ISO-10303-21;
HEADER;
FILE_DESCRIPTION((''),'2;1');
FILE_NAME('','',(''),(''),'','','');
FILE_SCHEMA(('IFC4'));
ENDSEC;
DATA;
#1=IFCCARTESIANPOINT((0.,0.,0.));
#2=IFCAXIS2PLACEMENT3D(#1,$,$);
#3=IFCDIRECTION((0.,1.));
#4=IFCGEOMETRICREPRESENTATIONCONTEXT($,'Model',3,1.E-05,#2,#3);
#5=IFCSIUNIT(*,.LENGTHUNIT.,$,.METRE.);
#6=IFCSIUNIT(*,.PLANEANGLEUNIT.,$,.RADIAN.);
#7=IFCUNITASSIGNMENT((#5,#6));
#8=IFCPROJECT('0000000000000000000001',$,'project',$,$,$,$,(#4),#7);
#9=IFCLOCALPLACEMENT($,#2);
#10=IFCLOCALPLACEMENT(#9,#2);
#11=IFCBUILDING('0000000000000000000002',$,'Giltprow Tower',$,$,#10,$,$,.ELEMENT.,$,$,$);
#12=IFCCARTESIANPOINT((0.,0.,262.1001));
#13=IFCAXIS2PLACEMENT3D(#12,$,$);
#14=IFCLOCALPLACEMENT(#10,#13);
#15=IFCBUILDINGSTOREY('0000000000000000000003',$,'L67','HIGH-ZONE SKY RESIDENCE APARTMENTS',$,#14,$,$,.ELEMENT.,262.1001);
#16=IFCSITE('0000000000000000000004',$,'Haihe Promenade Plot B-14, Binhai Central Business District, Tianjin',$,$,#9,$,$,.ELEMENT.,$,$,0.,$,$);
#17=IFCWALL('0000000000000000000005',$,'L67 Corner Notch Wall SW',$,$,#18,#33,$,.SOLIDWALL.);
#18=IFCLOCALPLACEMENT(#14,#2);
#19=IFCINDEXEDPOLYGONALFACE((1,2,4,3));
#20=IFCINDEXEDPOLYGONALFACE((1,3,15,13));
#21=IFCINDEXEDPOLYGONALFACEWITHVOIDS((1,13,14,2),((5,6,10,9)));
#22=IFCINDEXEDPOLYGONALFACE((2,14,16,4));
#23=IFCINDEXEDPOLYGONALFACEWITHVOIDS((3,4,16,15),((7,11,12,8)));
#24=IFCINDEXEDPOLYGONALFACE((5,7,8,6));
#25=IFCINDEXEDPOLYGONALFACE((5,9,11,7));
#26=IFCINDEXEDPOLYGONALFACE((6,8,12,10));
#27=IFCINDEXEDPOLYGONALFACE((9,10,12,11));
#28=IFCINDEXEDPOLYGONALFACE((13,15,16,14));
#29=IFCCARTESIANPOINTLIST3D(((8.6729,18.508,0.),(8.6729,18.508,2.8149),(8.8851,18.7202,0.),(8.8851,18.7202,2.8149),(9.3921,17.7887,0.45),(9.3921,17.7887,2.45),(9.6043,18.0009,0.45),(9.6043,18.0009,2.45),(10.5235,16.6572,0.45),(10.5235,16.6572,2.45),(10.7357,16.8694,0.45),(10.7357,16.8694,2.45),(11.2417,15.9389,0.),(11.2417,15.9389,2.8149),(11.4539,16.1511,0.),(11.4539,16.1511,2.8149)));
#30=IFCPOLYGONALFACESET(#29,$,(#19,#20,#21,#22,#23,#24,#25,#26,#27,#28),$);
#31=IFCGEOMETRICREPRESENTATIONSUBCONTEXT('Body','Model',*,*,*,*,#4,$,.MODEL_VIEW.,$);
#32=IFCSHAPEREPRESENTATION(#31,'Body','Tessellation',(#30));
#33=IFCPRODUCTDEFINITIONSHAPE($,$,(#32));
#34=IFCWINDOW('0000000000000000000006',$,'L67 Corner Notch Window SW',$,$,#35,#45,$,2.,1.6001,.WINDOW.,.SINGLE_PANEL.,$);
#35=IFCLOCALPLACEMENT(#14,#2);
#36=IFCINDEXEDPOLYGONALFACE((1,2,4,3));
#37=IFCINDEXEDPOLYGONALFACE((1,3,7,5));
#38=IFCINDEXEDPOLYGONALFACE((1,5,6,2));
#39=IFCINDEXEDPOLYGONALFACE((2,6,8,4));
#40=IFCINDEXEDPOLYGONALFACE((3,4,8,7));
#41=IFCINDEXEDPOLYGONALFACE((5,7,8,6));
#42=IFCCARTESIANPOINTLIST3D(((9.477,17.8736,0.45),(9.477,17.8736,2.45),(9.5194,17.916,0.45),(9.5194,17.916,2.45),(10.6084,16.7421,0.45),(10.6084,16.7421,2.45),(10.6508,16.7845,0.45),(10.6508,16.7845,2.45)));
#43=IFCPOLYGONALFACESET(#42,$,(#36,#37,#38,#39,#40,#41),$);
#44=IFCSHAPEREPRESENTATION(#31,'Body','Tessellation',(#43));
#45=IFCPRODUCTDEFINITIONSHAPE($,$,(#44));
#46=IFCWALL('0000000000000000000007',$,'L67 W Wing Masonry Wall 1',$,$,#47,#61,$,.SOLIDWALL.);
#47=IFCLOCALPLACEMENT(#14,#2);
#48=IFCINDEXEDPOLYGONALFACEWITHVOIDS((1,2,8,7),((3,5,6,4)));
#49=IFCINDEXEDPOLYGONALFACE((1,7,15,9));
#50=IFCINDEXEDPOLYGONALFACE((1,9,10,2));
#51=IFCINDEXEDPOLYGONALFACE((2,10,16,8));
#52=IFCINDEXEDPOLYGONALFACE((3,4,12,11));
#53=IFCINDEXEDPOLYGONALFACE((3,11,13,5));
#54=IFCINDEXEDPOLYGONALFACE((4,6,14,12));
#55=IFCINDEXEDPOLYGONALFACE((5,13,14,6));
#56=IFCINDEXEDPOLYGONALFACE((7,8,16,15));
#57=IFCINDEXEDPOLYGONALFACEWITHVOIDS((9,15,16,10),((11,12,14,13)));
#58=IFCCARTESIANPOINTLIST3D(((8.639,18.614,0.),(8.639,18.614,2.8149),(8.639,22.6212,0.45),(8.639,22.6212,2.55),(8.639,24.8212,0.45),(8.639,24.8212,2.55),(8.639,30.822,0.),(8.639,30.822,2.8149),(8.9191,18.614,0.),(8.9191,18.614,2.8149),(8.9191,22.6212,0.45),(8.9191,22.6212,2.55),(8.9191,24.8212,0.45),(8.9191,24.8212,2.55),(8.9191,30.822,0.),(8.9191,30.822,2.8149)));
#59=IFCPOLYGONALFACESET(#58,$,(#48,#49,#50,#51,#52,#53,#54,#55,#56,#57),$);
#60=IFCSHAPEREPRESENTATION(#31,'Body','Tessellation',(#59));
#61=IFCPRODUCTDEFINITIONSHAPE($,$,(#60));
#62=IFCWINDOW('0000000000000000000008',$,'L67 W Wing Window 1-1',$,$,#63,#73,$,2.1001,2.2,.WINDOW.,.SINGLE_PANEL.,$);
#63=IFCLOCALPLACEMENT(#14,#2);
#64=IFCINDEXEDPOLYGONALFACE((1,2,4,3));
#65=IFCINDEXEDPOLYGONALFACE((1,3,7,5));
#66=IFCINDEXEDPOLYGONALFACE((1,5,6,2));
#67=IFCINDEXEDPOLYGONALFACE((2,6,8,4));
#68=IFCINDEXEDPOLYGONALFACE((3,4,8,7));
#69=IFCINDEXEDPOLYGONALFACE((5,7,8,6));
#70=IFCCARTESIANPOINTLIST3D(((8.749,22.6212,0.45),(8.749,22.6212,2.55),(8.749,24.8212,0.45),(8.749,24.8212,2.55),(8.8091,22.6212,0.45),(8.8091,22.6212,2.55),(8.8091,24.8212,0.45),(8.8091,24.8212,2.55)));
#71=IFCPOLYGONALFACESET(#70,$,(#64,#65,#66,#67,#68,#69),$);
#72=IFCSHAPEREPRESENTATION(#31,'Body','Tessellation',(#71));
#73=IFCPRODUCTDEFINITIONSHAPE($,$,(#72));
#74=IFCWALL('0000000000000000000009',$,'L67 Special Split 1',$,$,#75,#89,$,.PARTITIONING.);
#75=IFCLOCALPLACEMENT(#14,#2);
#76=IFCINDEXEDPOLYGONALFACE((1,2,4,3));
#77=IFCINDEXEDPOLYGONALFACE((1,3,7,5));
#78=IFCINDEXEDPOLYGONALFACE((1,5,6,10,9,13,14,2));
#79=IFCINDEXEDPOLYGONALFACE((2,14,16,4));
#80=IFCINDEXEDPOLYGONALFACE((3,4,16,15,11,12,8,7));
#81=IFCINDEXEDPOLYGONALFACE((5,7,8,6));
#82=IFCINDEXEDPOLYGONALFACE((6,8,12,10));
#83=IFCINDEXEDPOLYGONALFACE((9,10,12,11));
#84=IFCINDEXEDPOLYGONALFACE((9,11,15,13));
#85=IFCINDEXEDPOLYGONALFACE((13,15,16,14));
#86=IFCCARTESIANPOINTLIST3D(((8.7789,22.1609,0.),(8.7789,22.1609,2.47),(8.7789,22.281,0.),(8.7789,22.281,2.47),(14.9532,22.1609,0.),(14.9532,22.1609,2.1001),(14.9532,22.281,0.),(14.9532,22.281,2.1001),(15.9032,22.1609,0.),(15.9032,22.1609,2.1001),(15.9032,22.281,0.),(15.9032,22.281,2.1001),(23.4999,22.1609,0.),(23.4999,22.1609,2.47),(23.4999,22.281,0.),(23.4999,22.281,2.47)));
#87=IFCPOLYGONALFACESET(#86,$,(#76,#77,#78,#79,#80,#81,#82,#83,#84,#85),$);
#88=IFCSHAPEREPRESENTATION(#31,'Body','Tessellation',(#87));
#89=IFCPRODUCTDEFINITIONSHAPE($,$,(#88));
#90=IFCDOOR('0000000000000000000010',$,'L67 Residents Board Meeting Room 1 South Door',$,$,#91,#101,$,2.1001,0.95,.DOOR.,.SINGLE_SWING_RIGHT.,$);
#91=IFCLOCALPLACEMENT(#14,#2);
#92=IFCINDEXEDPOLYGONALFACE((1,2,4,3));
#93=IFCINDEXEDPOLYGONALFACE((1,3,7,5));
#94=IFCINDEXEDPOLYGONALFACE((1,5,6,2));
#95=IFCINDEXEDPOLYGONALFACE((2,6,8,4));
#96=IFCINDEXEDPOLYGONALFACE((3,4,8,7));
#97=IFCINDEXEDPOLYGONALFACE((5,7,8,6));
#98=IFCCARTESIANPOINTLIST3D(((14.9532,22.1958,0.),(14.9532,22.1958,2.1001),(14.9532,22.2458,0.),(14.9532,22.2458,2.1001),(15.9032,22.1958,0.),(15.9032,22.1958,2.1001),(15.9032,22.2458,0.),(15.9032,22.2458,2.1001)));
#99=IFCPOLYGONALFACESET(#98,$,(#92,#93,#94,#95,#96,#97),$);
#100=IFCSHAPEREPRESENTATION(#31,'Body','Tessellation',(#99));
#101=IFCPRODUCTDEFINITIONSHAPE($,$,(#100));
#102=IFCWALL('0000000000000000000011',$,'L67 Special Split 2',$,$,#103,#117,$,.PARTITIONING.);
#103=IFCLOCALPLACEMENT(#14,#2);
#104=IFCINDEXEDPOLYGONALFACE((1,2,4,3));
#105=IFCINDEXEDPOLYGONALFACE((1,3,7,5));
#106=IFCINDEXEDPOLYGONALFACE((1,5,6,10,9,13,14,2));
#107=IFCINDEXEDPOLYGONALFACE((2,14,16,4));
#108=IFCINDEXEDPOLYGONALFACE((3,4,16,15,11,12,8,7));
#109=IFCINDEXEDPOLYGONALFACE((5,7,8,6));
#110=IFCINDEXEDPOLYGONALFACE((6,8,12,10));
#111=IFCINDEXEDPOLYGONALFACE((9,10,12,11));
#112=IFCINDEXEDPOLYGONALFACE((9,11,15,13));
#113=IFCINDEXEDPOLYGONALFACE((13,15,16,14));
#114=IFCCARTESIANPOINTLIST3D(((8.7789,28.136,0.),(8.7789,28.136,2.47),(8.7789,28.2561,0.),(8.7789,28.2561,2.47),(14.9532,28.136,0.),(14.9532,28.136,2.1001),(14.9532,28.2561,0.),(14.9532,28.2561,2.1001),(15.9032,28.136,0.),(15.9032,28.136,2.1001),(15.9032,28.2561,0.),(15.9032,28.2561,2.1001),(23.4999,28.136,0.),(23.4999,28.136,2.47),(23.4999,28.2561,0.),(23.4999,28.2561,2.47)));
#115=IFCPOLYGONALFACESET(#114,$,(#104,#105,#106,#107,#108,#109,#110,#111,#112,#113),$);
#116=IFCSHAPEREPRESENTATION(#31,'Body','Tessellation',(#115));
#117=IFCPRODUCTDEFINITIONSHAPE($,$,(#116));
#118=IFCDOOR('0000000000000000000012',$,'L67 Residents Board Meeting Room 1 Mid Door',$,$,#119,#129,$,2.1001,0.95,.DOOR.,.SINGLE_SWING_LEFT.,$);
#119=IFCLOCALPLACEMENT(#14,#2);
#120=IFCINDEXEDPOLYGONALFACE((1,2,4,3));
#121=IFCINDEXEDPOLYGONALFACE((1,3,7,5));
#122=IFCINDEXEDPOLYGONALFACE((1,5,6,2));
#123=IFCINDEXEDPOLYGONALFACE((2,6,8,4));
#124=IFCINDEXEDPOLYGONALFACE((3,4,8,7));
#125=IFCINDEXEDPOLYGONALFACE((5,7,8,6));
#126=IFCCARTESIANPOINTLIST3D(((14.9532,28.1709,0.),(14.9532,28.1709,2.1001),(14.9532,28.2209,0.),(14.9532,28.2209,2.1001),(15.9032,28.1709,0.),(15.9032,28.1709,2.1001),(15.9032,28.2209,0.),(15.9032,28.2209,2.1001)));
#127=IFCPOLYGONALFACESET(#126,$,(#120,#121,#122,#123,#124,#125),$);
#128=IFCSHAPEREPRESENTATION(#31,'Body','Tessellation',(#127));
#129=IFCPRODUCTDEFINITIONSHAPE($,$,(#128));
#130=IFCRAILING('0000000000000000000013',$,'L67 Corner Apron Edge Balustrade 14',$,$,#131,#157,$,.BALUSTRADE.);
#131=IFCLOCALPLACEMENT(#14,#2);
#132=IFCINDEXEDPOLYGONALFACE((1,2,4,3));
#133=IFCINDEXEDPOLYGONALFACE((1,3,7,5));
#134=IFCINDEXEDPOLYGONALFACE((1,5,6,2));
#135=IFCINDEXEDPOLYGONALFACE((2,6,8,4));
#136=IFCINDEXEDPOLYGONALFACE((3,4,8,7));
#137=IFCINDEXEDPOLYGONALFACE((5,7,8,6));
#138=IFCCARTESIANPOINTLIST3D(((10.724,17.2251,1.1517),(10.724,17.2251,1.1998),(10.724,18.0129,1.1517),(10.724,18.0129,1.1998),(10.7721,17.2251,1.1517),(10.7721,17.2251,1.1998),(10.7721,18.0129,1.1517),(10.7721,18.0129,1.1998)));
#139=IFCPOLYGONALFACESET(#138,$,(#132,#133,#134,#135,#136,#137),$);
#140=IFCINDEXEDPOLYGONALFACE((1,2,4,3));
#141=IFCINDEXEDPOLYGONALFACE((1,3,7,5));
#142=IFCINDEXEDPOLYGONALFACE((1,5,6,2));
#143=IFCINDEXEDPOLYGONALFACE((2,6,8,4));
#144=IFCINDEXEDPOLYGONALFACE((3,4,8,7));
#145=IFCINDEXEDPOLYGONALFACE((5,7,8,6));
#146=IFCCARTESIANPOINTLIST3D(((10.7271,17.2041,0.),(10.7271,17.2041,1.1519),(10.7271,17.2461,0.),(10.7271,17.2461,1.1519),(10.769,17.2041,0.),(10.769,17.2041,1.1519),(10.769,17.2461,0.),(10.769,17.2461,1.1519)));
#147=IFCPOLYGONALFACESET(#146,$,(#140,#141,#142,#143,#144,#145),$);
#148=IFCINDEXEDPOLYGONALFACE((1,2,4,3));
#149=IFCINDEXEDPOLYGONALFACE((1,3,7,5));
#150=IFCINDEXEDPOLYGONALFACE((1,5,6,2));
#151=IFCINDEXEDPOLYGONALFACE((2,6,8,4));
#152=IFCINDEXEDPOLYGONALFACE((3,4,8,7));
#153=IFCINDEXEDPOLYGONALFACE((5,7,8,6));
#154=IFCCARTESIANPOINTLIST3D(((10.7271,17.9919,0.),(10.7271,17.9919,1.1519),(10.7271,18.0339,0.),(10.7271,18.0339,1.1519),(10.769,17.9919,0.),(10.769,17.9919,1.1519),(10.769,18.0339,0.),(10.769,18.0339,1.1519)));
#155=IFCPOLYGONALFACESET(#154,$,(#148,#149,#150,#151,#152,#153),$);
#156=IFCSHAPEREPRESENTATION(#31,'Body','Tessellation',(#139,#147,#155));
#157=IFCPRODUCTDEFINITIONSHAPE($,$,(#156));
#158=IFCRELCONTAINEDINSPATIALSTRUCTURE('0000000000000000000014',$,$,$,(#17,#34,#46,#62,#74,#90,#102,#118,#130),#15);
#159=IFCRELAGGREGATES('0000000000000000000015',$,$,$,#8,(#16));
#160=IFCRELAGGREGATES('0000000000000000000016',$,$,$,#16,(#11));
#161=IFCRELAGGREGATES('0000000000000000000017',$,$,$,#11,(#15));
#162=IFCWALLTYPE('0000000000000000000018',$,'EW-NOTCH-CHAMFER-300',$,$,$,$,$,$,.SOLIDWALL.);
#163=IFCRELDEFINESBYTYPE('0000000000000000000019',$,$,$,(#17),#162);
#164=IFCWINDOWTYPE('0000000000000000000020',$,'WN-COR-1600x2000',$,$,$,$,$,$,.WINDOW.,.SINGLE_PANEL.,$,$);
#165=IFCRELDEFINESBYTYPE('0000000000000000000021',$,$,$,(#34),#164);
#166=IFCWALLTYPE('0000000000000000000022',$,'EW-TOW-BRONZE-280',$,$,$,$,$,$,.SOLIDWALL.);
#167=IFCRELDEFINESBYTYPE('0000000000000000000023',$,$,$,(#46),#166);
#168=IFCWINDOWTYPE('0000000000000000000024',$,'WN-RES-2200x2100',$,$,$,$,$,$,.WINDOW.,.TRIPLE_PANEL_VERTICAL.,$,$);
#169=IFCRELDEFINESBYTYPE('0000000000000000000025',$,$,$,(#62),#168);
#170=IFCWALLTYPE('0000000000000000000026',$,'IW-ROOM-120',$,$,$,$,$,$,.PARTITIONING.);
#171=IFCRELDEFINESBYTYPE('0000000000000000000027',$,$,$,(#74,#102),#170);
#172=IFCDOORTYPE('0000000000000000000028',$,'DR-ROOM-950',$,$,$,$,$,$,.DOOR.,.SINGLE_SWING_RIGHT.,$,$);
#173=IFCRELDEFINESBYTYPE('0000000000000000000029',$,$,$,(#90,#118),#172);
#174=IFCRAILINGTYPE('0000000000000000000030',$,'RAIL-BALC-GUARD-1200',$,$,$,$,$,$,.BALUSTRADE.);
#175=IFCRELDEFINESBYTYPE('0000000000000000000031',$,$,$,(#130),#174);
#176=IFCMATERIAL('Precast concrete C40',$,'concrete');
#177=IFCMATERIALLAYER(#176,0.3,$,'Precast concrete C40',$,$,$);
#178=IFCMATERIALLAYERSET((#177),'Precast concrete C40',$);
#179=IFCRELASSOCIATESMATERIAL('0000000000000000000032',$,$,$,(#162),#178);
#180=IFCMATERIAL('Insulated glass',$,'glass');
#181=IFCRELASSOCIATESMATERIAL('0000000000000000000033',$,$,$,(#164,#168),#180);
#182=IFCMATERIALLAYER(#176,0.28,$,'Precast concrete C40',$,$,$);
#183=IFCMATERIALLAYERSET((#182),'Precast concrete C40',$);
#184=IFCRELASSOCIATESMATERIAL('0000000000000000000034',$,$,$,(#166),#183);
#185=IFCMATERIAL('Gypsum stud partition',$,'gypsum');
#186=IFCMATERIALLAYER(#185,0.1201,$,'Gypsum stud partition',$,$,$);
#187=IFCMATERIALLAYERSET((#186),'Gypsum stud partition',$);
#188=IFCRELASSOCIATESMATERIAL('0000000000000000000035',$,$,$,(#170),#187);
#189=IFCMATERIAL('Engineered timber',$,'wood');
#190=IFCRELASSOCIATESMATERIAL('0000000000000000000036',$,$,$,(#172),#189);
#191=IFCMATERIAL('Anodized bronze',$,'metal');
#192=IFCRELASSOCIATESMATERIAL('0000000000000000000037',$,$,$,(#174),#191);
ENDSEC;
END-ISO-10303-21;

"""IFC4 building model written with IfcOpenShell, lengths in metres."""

from ifc_helpers import new_model, si_unit, direction, frame, frame_2d, origin, origin_2d, place, context, subcontext, project, spatial, rectangle, extrude, source, transform, mapped, material, layer, layer_set, type_object, element, fill, save


model = new_model("IFC4")

# Units and contexts
model_context = context("Model", 3, precision=1e-05, world=origin(), true_north=direction((0.0, 1.0)))
body_context = subcontext(model_context, "Body", "Model", "MODEL_VIEW")
ifc_project = project(units=[si_unit("LENGTHUNIT", "METRE"), si_unit("PLANEANGLEUNIT", "RADIAN")], contexts=[model_context])

# Site, building, storey
site_placement = place(None, origin())
site = spatial("IfcSite", under=ifc_project, at=site_placement, Name="Haihe Promenade Plot B-14, Binhai Central Business District, Tianjin", CompositionType="ELEMENT", RefElevation=0.0)
building_placement = place(site_placement, origin())
building = spatial("IfcBuilding", under=site, at=building_placement, Name="Giltprow Tower", CompositionType="ELEMENT")
storey_placement = place(building_placement, frame((0.0, 0.0, 262.1001)))
storey = spatial("IfcBuildingStorey", under=building, at=storey_placement, Name="L67", Description="HIGH-ZONE SKY RESIDENCE APARTMENTS", CompositionType="ELEMENT", Elevation=262.1001)

# Shared definitions
ifc_material_1 = material(Name="Anodized bronze", Category="metal")
ifc_material_2 = material(Name="Insulated glass", Category="glass")

# Walls, openings, windows
ifc_material_3 = material(Name="Precast concrete C40", Category="concrete")
ifc_layer_1 = layer(ifc_material_3, 0.3, Name="Precast concrete C40")
ifc_layer_set_1 = layer_set([ifc_layer_1], Name="Precast concrete C40")
wall_type_1 = type_object("IfcWallType", Name="EW-NOTCH-CHAMFER-300", PredefinedType="SOLIDWALL", material=ifc_layer_set_1)
wall_1_placement = place(storey_placement, frame((8.7791, 18.614, 0.0), z_axis=(0.0, 0.0, 1.0), x_axis=(0.707073, -0.70714, 0.0)))
wall_1 = element("IfcWall", 1, at=wall_1_placement, inside=storey, type_object=wall_type_1, Name="L67 Corner Notch Wall SW", PredefinedType="SOLIDWALL", context=body_context, shape_type="SweptSolid", body=[
    extrude(rectangle(XDim=3.6331, YDim=0.3, at=frame_2d((1.8164, 0.0))), origin(), (0.0, 0.0, 1.0), 2.8149),
])
opening_1_placement = place(wall_1_placement, frame((1.0171, 0.0, 0.45)))
opening_1 = element("IfcOpeningElement", 2, at=opening_1_placement, cuts=wall_1, PredefinedType="OPENING", context=body_context, shape_type="SweptSolid", body=[
    extrude(rectangle(XDim=1.6001, YDim=2.0, at=frame_2d((0.8, 1.0))), frame((0.0, 0.1599, 0.0), z_axis=(0.0, -1.0, 0.0), x_axis=(1.0, 0.0, 0.0)), (0.0, 0.0, 1.0), 0.3201),
])
window_type_1 = type_object("IfcWindowType", Name="WN-COR-1600x2000", PartitioningType="SINGLE_PANEL", PredefinedType="WINDOW", material=ifc_material_2)
shared_shape_1 = source(origin(), body_context, "Body", "SweptSolid", [
    extrude(rectangle(XDim=1.6001, YDim=2.0, at=frame_2d((0.8, 1.0))), frame((0.0, 0.03, 0.0), z_axis=(0.0, -1.0, 0.0), x_axis=(1.0, 0.0, 0.0)), (0.0, 0.0, 1.0), 0.0601),
])
window_1_placement = place(opening_1_placement, origin())
window_1 = element("IfcWindow", 3, at=window_1_placement, inside=storey, type_object=window_type_1, Name="L67 Corner Notch Window SW", OverallHeight=2.0, OverallWidth=1.6001, PartitioningType="SINGLE_PANEL", PredefinedType="WINDOW", context=body_context, shape_type="MappedRepresentation", body=[
    mapped(shared_shape_1, transform((0.0, 0.0, 0.0), x_axis=(1.0, 0.0, 0.0), y_axis=(0.0, 1.0, 0.0), z_axis=(0.0, 0.0, 1.0), scale=1.0)),
])
fill(opening_1, window_1)
ifc_layer_2 = layer(ifc_material_3, 0.28, Name="Precast concrete C40")
ifc_layer_set_2 = layer_set([ifc_layer_2], Name="Precast concrete C40")
wall_type_2 = type_object("IfcWallType", Name="EW-TOW-BRONZE-280", PredefinedType="SOLIDWALL", material=ifc_layer_set_2)
wall_2_placement = place(storey_placement, frame((8.7791, 18.614, 0.0), z_axis=(0.0, 0.0, 1.0), x_axis=(0.0, 1.0, 0.0)))
wall_2 = element("IfcWall", 4, at=wall_2_placement, inside=storey, type_object=wall_type_2, Name="L67 W Wing Masonry Wall 1", PredefinedType="SOLIDWALL", context=body_context, shape_type="SweptSolid", body=[
    extrude(rectangle(XDim=12.208, YDim=0.28, at=frame_2d((6.104, 0.0))), origin(), (0.0, 0.0, 1.0), 2.8149),
])
opening_2_placement = place(wall_2_placement, frame((4.0071, 0.0, 0.45)))
opening_2 = element("IfcOpeningElement", 5, at=opening_2_placement, cuts=wall_2, PredefinedType="OPENING", context=body_context, shape_type="SweptSolid", body=[
    extrude(rectangle(XDim=2.2, YDim=2.1001, at=frame_2d((1.1001, 1.05))), frame((0.0, 0.1499, 0.0), z_axis=(0.0, -1.0, 0.0), x_axis=(1.0, 0.0, 0.0)), (0.0, 0.0, 1.0), 0.3),
])
window_type_2 = type_object("IfcWindowType", Name="WN-RES-2200x2100", PartitioningType="TRIPLE_PANEL_VERTICAL", PredefinedType="WINDOW", material=ifc_material_2)
shared_shape_2 = source(origin(), body_context, "Body", "SweptSolid", [
    extrude(rectangle(XDim=2.2, YDim=2.1001, at=frame_2d((1.1001, 1.05))), frame((0.0, 0.03, 0.0), z_axis=(0.0, -1.0, 0.0), x_axis=(1.0, 0.0, 0.0)), (0.0, 0.0, 1.0), 0.0601),
])
window_2_placement = place(opening_2_placement, origin())
window_2 = element("IfcWindow", 6, at=window_2_placement, inside=storey, type_object=window_type_2, Name="L67 W Wing Window 1-1", OverallHeight=2.1001, OverallWidth=2.2, PartitioningType="SINGLE_PANEL", PredefinedType="WINDOW", context=body_context, shape_type="MappedRepresentation", body=[
    mapped(shared_shape_2, transform((0.0, 0.0, 0.0), x_axis=(1.0, 0.0, 0.0), y_axis=(0.0, 1.0, 0.0), z_axis=(0.0, 0.0, 1.0), scale=1.0)),
])
fill(opening_2, window_2)

# Walls, openings, doors
ifc_material_4 = material(Name="Gypsum stud partition", Category="gypsum")
ifc_layer_3 = layer(ifc_material_4, 0.1201, Name="Gypsum stud partition")
ifc_layer_set_3 = layer_set([ifc_layer_3], Name="Gypsum stud partition")
wall_type_3 = type_object("IfcWallType", Name="IW-ROOM-120", PredefinedType="PARTITIONING", material=ifc_layer_set_3)
wall_3_placement = place(storey_placement, frame((8.7791, 22.2209, 0.0), z_axis=(0.0, 0.0, 1.0), x_axis=(1.0, 0.0, 0.0)))
wall_3 = element("IfcWall", 7, at=wall_3_placement, inside=storey, type_object=wall_type_3, Name="L67 Special Split 1", PredefinedType="PARTITIONING", context=body_context, shape_type="SweptSolid", body=[
    extrude(rectangle(XDim=14.7209, YDim=0.1201, at=frame_2d((7.3604, 0.0))), origin(), (0.0, 0.0, 1.0), 2.47),
])
opening_3_placement = place(wall_3_placement, frame((6.1741, 0.0, 0.0)))
opening_3 = element("IfcOpeningElement", 8, at=opening_3_placement, cuts=wall_3, PredefinedType="OPENING", context=body_context, shape_type="SweptSolid", body=[
    extrude(rectangle(XDim=0.95, YDim=2.1001, at=frame_2d((0.4751, 1.05))), frame((0.0, 0.0701, 0.0), z_axis=(0.0, -1.0, 0.0), x_axis=(1.0, 0.0, 0.0)), (0.0, 0.0, 1.0), 0.1401),
])
ifc_material_5 = material(Name="Engineered timber", Category="wood")
door_type = type_object("IfcDoorType", Name="DR-ROOM-950", OperationType="SINGLE_SWING_RIGHT", PredefinedType="DOOR", material=ifc_material_5)
shared_shape_3 = source(origin(), body_context, "Body", "SweptSolid", [
    extrude(rectangle(XDim=0.95, YDim=2.1001, at=frame_2d((0.4751, 1.05))), frame((0.0, 0.0249, 0.0), z_axis=(0.0, -1.0, 0.0), x_axis=(1.0, 0.0, 0.0)), (0.0, 0.0, 1.0), 0.05),
])
door_1_placement = place(opening_3_placement, origin())
door_1 = element("IfcDoor", 9, at=door_1_placement, inside=storey, type_object=door_type, Name="L67 Residents Board Meeting Room 1 South Door", OperationType="SINGLE_SWING_RIGHT", OverallHeight=2.1001, OverallWidth=0.95, PredefinedType="DOOR", context=body_context, shape_type="MappedRepresentation", body=[
    mapped(shared_shape_3, transform((0.0, 0.0, 0.0), x_axis=(1.0, 0.0, 0.0), y_axis=(0.0, 1.0, 0.0), z_axis=(0.0, 0.0, 1.0), scale=1.0)),
])
fill(opening_3, door_1)
wall_4_placement = place(storey_placement, frame((8.7791, 28.196, 0.0), z_axis=(0.0, 0.0, 1.0), x_axis=(1.0, 0.0, 0.0)))
wall_4 = element("IfcWall", 10, at=wall_4_placement, inside=storey, type_object=wall_type_3, Name="L67 Special Split 2", PredefinedType="PARTITIONING", context=body_context, shape_type="SweptSolid", body=[
    extrude(rectangle(XDim=14.7209, YDim=0.1201, at=frame_2d((7.3604, 0.0))), origin(), (0.0, 0.0, 1.0), 2.47),
])
opening_4_placement = place(wall_4_placement, frame((6.1741, 0.0, 0.0)))
opening_4 = element("IfcOpeningElement", 11, at=opening_4_placement, cuts=wall_4, PredefinedType="OPENING", context=body_context, shape_type="SweptSolid", body=[
    extrude(rectangle(XDim=0.95, YDim=2.1001, at=frame_2d((0.4751, 1.05))), frame((0.0, 0.0701, 0.0), z_axis=(0.0, -1.0, 0.0), x_axis=(1.0, 0.0, 0.0)), (0.0, 0.0, 1.0), 0.1401),
])
door_2_placement = place(opening_4_placement, origin())
door_2 = element("IfcDoor", 12, at=door_2_placement, inside=storey, type_object=door_type, Name="L67 Residents Board Meeting Room 1 Mid Door", OperationType="SINGLE_SWING_LEFT", OverallHeight=2.1001, OverallWidth=0.95, PredefinedType="DOOR", context=body_context, shape_type="MappedRepresentation", body=[
    mapped(shared_shape_3, transform((0.0, 0.0, 0.0), x_axis=(1.0, 0.0, 0.0), y_axis=(0.0, 1.0, 0.0), z_axis=(0.0, 0.0, 1.0), scale=1.0)),
])
fill(opening_4, door_2)

# Railing
railing_type = type_object("IfcRailingType", Name="RAIL-BALC-GUARD-1200", PredefinedType="BALUSTRADE", material=ifc_material_1)
railing_1_placement = place(storey_placement, frame((10.748, 17.2251, 0.0)))
element("IfcRailing", 13, at=railing_1_placement, inside=storey, type_object=railing_type, Name="L67 Corner Apron Edge Balustrade 14", PredefinedType="BALUSTRADE", context=body_context, shape_type="SweptSolid", body=[
    extrude(rectangle(XDim=0.0481, YDim=0.0481, at=origin_2d()), frame((0.0, 0.0, 1.1758), z_axis=(0.0, 1.0, 0.0), x_axis=(-1.0, 0.0, 0.0)), (0.0, 0.0, 1.0), 0.7878),
    extrude(rectangle(XDim=0.042, YDim=0.042, at=origin_2d()), origin(), (0.0, 0.0, 1.0), 1.1519),
    extrude(rectangle(XDim=0.042, YDim=0.042, at=origin_2d()), frame((0.0, 0.7878, 0.0)), (0.0, 0.0, 1.0), 1.1519),
])

save(model, "model.ifc")
